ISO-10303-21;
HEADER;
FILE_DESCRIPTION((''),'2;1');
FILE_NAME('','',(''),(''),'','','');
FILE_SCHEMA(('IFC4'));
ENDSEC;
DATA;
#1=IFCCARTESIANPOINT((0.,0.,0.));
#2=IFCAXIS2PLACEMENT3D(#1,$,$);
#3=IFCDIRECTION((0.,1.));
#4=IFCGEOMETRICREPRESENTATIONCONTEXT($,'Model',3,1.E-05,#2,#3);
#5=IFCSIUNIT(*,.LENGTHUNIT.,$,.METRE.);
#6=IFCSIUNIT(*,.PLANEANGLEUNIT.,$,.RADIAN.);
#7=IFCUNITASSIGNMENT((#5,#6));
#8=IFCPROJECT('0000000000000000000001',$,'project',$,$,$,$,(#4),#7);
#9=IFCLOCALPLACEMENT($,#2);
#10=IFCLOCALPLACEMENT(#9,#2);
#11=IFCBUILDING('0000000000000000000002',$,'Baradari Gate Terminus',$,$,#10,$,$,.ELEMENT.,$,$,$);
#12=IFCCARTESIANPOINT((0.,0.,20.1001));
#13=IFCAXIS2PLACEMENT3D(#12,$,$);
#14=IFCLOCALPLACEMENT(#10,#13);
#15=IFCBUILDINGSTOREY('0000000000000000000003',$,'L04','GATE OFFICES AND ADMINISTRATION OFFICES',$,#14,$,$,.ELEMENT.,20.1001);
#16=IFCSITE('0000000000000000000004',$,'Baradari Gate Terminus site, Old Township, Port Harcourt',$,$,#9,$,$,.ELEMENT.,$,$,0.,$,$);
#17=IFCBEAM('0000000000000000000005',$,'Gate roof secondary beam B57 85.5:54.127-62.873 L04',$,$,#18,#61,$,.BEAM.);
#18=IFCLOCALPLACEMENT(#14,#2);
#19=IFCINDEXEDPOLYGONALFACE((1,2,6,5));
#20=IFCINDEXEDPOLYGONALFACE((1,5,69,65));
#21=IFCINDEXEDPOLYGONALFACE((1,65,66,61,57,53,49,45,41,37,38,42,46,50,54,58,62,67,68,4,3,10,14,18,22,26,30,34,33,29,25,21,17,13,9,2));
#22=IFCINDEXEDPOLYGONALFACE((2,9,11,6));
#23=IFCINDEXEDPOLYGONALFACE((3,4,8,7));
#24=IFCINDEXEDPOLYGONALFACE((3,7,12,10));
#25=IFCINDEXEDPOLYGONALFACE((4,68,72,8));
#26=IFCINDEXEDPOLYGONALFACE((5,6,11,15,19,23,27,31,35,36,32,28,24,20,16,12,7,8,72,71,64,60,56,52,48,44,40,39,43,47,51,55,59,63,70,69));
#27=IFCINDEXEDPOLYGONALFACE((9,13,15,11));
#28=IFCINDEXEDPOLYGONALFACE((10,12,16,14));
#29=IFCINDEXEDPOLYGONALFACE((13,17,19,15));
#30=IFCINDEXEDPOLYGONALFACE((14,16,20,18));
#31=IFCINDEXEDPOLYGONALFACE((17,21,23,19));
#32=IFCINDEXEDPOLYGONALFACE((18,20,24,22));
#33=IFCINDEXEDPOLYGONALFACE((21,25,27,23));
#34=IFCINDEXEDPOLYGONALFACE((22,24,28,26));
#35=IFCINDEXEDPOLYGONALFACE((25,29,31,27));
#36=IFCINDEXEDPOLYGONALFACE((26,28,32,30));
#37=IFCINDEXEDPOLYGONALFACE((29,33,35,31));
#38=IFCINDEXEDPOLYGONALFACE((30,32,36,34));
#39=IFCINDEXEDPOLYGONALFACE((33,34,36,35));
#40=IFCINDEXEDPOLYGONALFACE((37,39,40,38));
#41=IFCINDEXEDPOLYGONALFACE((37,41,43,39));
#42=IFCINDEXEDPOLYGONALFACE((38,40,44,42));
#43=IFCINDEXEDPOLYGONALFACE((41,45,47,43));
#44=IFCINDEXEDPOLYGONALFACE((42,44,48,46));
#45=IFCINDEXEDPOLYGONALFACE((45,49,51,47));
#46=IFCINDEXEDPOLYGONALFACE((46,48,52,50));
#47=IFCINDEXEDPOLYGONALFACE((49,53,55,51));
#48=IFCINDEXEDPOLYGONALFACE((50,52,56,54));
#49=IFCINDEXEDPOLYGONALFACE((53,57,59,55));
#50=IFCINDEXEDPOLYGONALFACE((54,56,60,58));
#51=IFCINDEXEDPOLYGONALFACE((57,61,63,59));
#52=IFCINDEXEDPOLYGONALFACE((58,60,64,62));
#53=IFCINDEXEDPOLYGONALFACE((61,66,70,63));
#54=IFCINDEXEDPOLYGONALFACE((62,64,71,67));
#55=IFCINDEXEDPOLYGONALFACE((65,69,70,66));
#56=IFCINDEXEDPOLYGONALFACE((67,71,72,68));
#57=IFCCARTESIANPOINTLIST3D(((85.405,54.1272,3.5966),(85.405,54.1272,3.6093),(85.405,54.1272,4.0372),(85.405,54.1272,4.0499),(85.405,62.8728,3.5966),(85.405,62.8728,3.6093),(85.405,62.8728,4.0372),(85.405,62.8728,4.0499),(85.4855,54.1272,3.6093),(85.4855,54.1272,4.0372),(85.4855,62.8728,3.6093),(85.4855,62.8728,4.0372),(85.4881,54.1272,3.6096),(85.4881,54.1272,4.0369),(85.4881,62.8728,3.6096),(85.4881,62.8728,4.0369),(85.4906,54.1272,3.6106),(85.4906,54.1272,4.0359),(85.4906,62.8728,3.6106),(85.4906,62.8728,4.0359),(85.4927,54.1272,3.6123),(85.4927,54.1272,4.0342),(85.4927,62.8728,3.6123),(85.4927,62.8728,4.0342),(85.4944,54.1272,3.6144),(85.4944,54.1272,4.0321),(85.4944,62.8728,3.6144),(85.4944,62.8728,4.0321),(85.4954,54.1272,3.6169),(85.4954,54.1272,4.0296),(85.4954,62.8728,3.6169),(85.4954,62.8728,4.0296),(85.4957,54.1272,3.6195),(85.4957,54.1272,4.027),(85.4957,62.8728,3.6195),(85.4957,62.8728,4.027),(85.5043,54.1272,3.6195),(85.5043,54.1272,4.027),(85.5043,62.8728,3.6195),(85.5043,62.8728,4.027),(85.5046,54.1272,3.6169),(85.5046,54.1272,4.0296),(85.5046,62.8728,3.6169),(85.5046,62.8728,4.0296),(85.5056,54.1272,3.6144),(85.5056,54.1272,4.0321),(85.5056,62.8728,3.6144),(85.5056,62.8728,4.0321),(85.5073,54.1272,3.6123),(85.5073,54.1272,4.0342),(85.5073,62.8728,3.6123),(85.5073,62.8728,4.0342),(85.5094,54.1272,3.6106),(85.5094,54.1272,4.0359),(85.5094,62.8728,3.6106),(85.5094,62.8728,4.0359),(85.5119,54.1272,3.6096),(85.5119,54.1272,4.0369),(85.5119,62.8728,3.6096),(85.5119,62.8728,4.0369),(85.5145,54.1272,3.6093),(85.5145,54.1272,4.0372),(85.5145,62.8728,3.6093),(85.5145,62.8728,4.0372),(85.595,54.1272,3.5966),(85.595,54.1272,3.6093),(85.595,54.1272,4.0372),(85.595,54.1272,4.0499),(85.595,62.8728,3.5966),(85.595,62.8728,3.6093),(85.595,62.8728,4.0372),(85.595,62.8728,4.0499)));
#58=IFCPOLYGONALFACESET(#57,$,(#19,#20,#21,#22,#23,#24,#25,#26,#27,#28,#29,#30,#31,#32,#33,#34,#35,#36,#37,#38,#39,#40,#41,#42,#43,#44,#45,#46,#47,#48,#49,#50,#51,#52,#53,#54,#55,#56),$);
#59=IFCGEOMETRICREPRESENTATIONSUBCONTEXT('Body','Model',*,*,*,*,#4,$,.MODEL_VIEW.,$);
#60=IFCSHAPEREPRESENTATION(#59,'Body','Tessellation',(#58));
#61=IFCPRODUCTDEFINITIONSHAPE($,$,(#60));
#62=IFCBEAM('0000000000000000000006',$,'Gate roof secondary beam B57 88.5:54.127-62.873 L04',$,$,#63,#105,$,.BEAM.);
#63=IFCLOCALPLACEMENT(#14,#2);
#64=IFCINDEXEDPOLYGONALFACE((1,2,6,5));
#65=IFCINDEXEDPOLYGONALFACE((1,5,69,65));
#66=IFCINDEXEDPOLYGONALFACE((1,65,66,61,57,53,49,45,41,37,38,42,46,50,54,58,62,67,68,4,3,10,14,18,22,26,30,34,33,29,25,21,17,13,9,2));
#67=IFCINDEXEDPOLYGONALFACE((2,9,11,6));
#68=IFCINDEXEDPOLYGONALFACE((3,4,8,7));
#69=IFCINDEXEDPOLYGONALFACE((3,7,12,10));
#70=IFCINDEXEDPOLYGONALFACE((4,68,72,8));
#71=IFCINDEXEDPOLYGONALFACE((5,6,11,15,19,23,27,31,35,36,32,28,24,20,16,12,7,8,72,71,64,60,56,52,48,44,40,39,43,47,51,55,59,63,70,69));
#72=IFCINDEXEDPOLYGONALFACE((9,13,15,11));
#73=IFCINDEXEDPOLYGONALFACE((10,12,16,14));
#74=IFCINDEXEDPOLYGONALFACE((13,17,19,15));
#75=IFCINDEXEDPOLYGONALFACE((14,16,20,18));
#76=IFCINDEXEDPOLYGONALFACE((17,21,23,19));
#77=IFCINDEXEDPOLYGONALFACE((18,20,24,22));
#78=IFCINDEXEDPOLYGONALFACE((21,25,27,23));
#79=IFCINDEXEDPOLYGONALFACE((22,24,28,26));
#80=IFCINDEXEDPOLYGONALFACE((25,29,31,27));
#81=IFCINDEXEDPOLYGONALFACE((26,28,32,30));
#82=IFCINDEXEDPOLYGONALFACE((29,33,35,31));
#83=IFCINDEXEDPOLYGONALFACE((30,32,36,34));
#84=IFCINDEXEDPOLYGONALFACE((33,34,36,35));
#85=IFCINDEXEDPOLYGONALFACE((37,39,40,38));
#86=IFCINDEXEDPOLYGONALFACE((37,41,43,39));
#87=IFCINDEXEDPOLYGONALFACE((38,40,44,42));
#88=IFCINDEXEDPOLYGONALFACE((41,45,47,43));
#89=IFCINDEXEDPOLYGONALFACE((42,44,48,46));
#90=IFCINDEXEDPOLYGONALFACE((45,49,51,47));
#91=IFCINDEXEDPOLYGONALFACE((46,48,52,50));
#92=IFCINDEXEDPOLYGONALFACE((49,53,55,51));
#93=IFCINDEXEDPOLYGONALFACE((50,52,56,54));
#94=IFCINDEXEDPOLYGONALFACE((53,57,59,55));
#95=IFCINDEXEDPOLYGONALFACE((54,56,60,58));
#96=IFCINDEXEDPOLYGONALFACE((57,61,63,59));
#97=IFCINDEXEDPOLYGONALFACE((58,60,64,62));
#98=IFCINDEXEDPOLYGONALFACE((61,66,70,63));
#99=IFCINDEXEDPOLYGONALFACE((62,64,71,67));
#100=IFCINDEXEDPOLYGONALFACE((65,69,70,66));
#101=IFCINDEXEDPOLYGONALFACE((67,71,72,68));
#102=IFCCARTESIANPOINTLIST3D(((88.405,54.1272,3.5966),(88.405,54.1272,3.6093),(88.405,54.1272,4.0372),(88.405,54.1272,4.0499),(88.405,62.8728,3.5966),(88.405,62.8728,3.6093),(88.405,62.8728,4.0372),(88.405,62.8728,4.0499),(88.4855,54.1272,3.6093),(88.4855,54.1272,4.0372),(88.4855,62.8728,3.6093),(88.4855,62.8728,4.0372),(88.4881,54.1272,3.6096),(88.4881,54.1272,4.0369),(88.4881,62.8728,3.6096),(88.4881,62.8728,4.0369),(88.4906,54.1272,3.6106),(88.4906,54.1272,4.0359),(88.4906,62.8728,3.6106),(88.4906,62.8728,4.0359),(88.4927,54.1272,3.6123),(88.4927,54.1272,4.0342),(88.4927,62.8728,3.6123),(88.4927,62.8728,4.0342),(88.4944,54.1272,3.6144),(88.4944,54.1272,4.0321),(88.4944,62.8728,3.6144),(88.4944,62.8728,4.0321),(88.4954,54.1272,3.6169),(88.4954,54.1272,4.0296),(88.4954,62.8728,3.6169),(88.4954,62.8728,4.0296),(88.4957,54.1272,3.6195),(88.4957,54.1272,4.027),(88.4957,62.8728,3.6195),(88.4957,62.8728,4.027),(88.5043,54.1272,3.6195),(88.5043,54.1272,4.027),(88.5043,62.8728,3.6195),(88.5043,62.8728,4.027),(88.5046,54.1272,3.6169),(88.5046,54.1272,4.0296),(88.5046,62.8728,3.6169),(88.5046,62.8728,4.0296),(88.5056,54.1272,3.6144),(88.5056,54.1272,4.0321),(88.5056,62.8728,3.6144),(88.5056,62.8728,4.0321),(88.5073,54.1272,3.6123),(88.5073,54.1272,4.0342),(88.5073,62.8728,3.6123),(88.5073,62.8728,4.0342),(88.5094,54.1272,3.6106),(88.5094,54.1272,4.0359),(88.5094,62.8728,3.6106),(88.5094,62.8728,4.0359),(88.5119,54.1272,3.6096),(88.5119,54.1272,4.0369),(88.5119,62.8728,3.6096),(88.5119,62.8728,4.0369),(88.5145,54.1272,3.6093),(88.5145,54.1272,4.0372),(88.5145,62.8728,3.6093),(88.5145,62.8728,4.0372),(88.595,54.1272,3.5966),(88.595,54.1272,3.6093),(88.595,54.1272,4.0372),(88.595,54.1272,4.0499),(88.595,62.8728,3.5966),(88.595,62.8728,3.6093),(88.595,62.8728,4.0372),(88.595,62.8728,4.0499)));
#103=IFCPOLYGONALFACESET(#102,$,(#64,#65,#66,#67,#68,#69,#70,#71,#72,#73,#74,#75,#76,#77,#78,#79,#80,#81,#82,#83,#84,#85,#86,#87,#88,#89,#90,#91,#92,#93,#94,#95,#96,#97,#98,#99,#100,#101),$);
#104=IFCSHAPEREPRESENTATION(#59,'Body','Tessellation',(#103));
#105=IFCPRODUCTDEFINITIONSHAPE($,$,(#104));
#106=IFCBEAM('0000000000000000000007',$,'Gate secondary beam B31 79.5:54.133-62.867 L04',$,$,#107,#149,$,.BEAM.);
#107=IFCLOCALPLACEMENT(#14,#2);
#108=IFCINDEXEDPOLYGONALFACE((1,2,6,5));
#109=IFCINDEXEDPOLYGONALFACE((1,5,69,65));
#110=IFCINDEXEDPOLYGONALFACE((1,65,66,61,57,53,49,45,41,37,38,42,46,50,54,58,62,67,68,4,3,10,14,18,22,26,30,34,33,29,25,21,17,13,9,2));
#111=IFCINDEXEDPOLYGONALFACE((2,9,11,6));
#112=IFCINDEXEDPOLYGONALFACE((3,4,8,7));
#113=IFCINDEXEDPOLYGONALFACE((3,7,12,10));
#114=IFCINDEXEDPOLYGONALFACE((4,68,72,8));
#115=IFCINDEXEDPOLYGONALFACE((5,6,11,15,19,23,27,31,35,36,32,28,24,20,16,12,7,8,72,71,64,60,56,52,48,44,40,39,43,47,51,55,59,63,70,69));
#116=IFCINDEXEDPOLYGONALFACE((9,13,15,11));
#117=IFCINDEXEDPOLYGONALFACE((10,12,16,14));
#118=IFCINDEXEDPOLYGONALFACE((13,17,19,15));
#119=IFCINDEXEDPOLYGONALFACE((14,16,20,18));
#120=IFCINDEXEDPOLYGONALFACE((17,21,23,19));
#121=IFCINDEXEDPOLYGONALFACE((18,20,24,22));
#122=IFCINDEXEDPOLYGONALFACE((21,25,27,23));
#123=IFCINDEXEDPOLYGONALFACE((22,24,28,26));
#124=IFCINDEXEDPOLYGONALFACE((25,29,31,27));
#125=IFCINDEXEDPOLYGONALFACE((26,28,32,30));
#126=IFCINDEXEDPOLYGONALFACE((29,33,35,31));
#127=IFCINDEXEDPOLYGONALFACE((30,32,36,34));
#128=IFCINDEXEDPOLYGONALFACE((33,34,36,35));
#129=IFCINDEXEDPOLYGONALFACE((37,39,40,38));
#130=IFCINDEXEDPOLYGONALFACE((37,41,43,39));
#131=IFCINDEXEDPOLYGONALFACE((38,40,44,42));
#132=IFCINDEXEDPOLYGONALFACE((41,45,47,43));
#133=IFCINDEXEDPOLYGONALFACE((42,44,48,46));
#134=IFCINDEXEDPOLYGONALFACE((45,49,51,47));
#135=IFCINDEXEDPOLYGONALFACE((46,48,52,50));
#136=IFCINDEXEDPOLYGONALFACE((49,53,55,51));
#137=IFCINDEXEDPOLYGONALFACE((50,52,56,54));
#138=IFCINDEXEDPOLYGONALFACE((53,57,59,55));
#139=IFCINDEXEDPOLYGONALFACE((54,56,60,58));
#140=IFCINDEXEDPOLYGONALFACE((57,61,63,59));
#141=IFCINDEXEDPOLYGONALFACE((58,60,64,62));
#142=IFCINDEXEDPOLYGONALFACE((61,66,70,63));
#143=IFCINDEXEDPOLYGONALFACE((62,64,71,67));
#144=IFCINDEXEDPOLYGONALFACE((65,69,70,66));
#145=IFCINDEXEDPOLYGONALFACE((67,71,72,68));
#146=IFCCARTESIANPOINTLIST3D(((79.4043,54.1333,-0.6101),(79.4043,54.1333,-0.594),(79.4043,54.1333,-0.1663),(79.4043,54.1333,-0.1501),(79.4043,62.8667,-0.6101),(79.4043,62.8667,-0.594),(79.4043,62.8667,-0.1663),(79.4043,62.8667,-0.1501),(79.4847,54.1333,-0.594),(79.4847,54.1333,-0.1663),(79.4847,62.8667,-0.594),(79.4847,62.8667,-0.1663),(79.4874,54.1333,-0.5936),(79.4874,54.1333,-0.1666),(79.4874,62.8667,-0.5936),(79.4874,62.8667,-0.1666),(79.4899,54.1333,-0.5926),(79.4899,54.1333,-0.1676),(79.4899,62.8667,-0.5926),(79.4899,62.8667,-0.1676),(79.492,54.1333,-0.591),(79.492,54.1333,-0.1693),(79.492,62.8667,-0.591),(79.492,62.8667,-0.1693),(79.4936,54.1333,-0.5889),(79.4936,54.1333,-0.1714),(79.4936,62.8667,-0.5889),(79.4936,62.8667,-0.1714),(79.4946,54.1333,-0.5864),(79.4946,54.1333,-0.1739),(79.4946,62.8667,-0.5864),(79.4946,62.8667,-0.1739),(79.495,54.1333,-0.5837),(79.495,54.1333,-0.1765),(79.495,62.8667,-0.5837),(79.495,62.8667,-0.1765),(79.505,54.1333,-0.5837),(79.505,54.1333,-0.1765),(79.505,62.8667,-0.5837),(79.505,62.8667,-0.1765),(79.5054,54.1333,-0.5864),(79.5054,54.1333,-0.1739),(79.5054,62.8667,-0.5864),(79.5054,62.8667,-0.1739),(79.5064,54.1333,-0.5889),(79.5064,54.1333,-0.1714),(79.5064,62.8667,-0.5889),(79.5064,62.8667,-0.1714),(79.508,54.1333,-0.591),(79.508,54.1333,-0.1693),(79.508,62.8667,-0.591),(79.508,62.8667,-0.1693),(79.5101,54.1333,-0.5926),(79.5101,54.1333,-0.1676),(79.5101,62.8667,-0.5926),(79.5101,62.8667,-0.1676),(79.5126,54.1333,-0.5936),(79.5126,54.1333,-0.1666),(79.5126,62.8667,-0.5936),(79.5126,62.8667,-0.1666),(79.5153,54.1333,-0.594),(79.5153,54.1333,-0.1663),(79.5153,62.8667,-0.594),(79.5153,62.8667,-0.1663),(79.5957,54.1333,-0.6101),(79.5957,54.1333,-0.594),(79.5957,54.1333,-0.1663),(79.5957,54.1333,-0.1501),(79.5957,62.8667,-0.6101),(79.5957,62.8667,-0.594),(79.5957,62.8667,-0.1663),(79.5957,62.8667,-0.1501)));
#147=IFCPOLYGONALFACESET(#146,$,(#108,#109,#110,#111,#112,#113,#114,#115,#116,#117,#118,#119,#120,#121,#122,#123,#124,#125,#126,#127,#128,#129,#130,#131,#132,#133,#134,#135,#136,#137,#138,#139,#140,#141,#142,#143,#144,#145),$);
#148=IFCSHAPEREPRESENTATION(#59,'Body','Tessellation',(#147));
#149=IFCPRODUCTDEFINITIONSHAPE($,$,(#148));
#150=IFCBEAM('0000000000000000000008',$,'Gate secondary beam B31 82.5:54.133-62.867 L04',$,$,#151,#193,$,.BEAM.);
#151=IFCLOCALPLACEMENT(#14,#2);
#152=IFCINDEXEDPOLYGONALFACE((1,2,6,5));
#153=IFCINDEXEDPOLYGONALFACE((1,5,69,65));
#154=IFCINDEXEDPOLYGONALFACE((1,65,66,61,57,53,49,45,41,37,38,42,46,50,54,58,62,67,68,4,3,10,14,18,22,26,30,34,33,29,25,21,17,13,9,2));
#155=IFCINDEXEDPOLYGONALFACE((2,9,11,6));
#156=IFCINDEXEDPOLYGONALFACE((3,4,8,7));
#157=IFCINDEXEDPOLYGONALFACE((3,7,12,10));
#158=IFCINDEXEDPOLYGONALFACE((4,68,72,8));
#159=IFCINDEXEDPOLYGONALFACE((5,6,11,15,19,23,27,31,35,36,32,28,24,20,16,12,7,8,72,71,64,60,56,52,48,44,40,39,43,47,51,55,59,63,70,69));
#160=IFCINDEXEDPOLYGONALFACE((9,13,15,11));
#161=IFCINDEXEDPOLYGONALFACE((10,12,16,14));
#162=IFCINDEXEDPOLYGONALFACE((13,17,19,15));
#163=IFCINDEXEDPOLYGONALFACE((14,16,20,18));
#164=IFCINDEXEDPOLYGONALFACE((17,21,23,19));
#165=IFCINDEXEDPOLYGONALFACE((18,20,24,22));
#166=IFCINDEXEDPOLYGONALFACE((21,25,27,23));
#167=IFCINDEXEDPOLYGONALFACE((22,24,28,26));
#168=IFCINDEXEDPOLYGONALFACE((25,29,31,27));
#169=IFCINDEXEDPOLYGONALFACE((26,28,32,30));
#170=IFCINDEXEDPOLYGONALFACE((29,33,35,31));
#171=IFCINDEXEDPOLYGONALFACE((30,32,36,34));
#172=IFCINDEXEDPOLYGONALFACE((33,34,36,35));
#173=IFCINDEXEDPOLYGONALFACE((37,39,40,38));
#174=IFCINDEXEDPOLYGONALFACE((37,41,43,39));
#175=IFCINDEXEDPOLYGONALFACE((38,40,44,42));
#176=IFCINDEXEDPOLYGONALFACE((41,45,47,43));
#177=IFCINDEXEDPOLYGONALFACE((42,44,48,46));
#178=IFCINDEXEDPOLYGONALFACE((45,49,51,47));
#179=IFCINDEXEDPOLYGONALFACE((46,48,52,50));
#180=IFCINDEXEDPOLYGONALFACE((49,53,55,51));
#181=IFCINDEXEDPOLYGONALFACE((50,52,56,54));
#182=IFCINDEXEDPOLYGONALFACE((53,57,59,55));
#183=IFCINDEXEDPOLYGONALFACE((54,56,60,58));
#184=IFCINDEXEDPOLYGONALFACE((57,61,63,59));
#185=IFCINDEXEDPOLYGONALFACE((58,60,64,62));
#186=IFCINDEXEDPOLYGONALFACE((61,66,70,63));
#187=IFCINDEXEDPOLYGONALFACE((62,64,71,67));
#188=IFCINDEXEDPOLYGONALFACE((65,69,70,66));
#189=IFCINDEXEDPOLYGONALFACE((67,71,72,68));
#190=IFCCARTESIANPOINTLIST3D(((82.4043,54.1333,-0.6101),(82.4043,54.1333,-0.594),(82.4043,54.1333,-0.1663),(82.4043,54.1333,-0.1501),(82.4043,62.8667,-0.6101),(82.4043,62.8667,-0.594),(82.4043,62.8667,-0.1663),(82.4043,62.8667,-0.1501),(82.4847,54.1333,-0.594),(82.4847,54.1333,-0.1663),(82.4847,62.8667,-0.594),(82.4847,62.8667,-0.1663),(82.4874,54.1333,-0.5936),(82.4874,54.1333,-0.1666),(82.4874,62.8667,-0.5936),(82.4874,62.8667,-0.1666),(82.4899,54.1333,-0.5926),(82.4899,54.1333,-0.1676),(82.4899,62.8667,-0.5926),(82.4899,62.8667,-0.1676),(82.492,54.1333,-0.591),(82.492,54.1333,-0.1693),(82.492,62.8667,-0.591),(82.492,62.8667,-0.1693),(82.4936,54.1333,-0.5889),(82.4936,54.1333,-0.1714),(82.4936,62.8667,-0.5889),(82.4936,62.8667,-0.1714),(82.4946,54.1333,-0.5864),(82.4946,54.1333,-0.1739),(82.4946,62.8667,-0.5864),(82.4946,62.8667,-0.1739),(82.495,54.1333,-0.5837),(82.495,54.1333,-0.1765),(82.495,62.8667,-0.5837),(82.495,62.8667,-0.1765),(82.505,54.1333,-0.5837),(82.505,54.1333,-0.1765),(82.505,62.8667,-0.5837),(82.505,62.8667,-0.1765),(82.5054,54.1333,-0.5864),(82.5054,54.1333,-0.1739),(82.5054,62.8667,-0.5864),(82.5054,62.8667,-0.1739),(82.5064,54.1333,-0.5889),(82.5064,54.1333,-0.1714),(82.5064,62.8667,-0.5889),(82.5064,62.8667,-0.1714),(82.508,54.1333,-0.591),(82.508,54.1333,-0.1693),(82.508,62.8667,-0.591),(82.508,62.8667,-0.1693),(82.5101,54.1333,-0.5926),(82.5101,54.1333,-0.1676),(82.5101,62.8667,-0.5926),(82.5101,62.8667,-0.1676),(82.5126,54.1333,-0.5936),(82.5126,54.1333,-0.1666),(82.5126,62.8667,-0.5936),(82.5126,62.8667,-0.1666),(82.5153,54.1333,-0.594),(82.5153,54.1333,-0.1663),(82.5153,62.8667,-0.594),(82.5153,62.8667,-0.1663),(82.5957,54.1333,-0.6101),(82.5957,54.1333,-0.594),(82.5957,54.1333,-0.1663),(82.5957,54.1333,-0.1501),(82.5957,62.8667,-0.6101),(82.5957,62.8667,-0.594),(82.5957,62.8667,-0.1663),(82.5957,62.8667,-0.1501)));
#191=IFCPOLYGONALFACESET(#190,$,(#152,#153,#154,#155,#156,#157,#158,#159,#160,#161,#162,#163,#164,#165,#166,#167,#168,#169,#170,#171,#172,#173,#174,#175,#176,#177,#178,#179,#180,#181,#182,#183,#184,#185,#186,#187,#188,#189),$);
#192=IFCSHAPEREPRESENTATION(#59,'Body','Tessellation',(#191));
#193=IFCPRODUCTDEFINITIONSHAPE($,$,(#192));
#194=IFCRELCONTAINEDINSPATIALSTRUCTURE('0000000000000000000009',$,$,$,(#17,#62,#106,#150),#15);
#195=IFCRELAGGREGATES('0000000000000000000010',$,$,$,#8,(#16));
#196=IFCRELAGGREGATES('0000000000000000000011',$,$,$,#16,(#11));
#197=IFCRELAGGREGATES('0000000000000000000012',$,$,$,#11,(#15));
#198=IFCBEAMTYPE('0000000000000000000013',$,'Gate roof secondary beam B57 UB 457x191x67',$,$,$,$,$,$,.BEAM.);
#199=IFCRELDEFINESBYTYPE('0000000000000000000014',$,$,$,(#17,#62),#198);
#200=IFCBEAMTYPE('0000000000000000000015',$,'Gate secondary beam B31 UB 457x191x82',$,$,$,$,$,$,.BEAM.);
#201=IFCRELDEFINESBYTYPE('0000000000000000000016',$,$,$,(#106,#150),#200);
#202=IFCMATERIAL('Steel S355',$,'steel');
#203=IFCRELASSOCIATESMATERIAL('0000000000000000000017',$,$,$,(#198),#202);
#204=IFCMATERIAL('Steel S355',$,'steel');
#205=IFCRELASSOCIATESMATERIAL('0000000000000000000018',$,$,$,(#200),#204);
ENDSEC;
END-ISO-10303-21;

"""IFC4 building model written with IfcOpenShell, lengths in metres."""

from ifc_helpers import new_model, si_unit, direction, frame, origin, origin_2d, place, context, subcontext, project, spatial, i_section, extrude, material, material_profile, profile_set, type_object, element, save


model = new_model("IFC4")

# Units and contexts
model_context = context("Model", 3, precision=1e-05, world=origin(), true_north=direction((0.0, 1.0)))
body_context = subcontext(model_context, "Body", "Model", "MODEL_VIEW")
ifc_project = project(units=[si_unit("LENGTHUNIT", "METRE"), si_unit("PLANEANGLEUNIT", "RADIAN")], contexts=[model_context])

# Site, building, storey
site_placement = place(None, origin())
site = spatial("IfcSite", under=ifc_project, at=site_placement, Name="Baradari Gate Terminus site, Old Township, Port Harcourt", CompositionType="ELEMENT", RefElevation=0.0)
building_placement = place(site_placement, origin())
building = spatial("IfcBuilding", under=site, at=building_placement, Name="Baradari Gate Terminus", CompositionType="ELEMENT")
storey_placement = place(building_placement, frame((0.0, 0.0, 20.1001)))
storey = spatial("IfcBuildingStorey", under=building, at=storey_placement, Name="L04", Description="GATE OFFICES AND ADMINISTRATION OFFICES", CompositionType="ELEMENT", Elevation=20.1001)

# Beams
ifc_material_1 = material(Name="Steel S355", Category="steel")
ifc_material_profile_1 = material_profile(ifc_material_1, i_section(OverallWidth=0.1899, OverallDepth=0.4534, WebThickness=0.0085, FlangeThickness=0.0127, FilletRadius=0.0103, at=origin_2d()), Name="UB 457x191x67")
ifc_profile_set_1 = profile_set([ifc_material_profile_1], Name="Steel S355")
beam_type_1 = type_object("IfcBeamType", Name="Gate roof secondary beam B57 UB 457x191x67", PredefinedType="BEAM", material=ifc_profile_set_1)
for number, where, z_axis, x_axis, name in (
    (1, (85.5, 54.1272, 3.8232), (0.0, 1.0, 0.0), (-1.0, 0.0, 0.0), "Gate roof secondary beam B57 85.5:54.127-62.873 L04"),
    (2, (88.5, 54.1272, 3.8232), (0.0, 1.0, 0.0), (-1.0, 0.0, 0.0), "Gate roof secondary beam B57 88.5:54.127-62.873 L04"),
):
    element("IfcBeam", number, at=place(storey_placement, frame(where, z_axis=z_axis, x_axis=x_axis)), inside=storey, type_object=beam_type_1, Name=name, PredefinedType="BEAM", context=body_context, shape_type="SweptSolid", body=[
        extrude(i_section(OverallWidth=0.1899, OverallDepth=0.4534, WebThickness=0.0085, FlangeThickness=0.0127, FilletRadius=0.0103, at=origin_2d()), origin(), (0.0, 0.0, 1.0), 8.7456),
    ])
ifc_material_2 = material(Name="Steel S355", Category="steel")
ifc_material_profile_2 = material_profile(ifc_material_2, i_section(OverallWidth=0.1914, OverallDepth=0.46, WebThickness=0.01, FlangeThickness=0.0161, FilletRadius=0.0103, at=origin_2d()), Name="UB 457x191x82")
ifc_profile_set_2 = profile_set([ifc_material_profile_2], Name="Steel S355")
beam_type_2 = type_object("IfcBeamType", Name="Gate secondary beam B31 UB 457x191x82", PredefinedType="BEAM", material=ifc_profile_set_2)
for number, where, z_axis, x_axis, name in (
    (3, (79.5, 54.1333, -0.3801), (0.0, 1.0, 0.0), (-1.0, 0.0, 0.0), "Gate secondary beam B31 79.5:54.133-62.867 L04"),
    (4, (82.5, 54.1333, -0.3801), (0.0, 1.0, 0.0), (-1.0, 0.0, 0.0), "Gate secondary beam B31 82.5:54.133-62.867 L04"),
):
    element("IfcBeam", number, at=place(storey_placement, frame(where, z_axis=z_axis, x_axis=x_axis)), inside=storey, type_object=beam_type_2, Name=name, PredefinedType="BEAM", context=body_context, shape_type="SweptSolid", body=[
        extrude(i_section(OverallWidth=0.1914, OverallDepth=0.46, WebThickness=0.01, FlangeThickness=0.0161, FilletRadius=0.0103, at=origin_2d()), origin(), (0.0, 0.0, 1.0), 8.7334),
    ])

save(model, "model.ifc")
